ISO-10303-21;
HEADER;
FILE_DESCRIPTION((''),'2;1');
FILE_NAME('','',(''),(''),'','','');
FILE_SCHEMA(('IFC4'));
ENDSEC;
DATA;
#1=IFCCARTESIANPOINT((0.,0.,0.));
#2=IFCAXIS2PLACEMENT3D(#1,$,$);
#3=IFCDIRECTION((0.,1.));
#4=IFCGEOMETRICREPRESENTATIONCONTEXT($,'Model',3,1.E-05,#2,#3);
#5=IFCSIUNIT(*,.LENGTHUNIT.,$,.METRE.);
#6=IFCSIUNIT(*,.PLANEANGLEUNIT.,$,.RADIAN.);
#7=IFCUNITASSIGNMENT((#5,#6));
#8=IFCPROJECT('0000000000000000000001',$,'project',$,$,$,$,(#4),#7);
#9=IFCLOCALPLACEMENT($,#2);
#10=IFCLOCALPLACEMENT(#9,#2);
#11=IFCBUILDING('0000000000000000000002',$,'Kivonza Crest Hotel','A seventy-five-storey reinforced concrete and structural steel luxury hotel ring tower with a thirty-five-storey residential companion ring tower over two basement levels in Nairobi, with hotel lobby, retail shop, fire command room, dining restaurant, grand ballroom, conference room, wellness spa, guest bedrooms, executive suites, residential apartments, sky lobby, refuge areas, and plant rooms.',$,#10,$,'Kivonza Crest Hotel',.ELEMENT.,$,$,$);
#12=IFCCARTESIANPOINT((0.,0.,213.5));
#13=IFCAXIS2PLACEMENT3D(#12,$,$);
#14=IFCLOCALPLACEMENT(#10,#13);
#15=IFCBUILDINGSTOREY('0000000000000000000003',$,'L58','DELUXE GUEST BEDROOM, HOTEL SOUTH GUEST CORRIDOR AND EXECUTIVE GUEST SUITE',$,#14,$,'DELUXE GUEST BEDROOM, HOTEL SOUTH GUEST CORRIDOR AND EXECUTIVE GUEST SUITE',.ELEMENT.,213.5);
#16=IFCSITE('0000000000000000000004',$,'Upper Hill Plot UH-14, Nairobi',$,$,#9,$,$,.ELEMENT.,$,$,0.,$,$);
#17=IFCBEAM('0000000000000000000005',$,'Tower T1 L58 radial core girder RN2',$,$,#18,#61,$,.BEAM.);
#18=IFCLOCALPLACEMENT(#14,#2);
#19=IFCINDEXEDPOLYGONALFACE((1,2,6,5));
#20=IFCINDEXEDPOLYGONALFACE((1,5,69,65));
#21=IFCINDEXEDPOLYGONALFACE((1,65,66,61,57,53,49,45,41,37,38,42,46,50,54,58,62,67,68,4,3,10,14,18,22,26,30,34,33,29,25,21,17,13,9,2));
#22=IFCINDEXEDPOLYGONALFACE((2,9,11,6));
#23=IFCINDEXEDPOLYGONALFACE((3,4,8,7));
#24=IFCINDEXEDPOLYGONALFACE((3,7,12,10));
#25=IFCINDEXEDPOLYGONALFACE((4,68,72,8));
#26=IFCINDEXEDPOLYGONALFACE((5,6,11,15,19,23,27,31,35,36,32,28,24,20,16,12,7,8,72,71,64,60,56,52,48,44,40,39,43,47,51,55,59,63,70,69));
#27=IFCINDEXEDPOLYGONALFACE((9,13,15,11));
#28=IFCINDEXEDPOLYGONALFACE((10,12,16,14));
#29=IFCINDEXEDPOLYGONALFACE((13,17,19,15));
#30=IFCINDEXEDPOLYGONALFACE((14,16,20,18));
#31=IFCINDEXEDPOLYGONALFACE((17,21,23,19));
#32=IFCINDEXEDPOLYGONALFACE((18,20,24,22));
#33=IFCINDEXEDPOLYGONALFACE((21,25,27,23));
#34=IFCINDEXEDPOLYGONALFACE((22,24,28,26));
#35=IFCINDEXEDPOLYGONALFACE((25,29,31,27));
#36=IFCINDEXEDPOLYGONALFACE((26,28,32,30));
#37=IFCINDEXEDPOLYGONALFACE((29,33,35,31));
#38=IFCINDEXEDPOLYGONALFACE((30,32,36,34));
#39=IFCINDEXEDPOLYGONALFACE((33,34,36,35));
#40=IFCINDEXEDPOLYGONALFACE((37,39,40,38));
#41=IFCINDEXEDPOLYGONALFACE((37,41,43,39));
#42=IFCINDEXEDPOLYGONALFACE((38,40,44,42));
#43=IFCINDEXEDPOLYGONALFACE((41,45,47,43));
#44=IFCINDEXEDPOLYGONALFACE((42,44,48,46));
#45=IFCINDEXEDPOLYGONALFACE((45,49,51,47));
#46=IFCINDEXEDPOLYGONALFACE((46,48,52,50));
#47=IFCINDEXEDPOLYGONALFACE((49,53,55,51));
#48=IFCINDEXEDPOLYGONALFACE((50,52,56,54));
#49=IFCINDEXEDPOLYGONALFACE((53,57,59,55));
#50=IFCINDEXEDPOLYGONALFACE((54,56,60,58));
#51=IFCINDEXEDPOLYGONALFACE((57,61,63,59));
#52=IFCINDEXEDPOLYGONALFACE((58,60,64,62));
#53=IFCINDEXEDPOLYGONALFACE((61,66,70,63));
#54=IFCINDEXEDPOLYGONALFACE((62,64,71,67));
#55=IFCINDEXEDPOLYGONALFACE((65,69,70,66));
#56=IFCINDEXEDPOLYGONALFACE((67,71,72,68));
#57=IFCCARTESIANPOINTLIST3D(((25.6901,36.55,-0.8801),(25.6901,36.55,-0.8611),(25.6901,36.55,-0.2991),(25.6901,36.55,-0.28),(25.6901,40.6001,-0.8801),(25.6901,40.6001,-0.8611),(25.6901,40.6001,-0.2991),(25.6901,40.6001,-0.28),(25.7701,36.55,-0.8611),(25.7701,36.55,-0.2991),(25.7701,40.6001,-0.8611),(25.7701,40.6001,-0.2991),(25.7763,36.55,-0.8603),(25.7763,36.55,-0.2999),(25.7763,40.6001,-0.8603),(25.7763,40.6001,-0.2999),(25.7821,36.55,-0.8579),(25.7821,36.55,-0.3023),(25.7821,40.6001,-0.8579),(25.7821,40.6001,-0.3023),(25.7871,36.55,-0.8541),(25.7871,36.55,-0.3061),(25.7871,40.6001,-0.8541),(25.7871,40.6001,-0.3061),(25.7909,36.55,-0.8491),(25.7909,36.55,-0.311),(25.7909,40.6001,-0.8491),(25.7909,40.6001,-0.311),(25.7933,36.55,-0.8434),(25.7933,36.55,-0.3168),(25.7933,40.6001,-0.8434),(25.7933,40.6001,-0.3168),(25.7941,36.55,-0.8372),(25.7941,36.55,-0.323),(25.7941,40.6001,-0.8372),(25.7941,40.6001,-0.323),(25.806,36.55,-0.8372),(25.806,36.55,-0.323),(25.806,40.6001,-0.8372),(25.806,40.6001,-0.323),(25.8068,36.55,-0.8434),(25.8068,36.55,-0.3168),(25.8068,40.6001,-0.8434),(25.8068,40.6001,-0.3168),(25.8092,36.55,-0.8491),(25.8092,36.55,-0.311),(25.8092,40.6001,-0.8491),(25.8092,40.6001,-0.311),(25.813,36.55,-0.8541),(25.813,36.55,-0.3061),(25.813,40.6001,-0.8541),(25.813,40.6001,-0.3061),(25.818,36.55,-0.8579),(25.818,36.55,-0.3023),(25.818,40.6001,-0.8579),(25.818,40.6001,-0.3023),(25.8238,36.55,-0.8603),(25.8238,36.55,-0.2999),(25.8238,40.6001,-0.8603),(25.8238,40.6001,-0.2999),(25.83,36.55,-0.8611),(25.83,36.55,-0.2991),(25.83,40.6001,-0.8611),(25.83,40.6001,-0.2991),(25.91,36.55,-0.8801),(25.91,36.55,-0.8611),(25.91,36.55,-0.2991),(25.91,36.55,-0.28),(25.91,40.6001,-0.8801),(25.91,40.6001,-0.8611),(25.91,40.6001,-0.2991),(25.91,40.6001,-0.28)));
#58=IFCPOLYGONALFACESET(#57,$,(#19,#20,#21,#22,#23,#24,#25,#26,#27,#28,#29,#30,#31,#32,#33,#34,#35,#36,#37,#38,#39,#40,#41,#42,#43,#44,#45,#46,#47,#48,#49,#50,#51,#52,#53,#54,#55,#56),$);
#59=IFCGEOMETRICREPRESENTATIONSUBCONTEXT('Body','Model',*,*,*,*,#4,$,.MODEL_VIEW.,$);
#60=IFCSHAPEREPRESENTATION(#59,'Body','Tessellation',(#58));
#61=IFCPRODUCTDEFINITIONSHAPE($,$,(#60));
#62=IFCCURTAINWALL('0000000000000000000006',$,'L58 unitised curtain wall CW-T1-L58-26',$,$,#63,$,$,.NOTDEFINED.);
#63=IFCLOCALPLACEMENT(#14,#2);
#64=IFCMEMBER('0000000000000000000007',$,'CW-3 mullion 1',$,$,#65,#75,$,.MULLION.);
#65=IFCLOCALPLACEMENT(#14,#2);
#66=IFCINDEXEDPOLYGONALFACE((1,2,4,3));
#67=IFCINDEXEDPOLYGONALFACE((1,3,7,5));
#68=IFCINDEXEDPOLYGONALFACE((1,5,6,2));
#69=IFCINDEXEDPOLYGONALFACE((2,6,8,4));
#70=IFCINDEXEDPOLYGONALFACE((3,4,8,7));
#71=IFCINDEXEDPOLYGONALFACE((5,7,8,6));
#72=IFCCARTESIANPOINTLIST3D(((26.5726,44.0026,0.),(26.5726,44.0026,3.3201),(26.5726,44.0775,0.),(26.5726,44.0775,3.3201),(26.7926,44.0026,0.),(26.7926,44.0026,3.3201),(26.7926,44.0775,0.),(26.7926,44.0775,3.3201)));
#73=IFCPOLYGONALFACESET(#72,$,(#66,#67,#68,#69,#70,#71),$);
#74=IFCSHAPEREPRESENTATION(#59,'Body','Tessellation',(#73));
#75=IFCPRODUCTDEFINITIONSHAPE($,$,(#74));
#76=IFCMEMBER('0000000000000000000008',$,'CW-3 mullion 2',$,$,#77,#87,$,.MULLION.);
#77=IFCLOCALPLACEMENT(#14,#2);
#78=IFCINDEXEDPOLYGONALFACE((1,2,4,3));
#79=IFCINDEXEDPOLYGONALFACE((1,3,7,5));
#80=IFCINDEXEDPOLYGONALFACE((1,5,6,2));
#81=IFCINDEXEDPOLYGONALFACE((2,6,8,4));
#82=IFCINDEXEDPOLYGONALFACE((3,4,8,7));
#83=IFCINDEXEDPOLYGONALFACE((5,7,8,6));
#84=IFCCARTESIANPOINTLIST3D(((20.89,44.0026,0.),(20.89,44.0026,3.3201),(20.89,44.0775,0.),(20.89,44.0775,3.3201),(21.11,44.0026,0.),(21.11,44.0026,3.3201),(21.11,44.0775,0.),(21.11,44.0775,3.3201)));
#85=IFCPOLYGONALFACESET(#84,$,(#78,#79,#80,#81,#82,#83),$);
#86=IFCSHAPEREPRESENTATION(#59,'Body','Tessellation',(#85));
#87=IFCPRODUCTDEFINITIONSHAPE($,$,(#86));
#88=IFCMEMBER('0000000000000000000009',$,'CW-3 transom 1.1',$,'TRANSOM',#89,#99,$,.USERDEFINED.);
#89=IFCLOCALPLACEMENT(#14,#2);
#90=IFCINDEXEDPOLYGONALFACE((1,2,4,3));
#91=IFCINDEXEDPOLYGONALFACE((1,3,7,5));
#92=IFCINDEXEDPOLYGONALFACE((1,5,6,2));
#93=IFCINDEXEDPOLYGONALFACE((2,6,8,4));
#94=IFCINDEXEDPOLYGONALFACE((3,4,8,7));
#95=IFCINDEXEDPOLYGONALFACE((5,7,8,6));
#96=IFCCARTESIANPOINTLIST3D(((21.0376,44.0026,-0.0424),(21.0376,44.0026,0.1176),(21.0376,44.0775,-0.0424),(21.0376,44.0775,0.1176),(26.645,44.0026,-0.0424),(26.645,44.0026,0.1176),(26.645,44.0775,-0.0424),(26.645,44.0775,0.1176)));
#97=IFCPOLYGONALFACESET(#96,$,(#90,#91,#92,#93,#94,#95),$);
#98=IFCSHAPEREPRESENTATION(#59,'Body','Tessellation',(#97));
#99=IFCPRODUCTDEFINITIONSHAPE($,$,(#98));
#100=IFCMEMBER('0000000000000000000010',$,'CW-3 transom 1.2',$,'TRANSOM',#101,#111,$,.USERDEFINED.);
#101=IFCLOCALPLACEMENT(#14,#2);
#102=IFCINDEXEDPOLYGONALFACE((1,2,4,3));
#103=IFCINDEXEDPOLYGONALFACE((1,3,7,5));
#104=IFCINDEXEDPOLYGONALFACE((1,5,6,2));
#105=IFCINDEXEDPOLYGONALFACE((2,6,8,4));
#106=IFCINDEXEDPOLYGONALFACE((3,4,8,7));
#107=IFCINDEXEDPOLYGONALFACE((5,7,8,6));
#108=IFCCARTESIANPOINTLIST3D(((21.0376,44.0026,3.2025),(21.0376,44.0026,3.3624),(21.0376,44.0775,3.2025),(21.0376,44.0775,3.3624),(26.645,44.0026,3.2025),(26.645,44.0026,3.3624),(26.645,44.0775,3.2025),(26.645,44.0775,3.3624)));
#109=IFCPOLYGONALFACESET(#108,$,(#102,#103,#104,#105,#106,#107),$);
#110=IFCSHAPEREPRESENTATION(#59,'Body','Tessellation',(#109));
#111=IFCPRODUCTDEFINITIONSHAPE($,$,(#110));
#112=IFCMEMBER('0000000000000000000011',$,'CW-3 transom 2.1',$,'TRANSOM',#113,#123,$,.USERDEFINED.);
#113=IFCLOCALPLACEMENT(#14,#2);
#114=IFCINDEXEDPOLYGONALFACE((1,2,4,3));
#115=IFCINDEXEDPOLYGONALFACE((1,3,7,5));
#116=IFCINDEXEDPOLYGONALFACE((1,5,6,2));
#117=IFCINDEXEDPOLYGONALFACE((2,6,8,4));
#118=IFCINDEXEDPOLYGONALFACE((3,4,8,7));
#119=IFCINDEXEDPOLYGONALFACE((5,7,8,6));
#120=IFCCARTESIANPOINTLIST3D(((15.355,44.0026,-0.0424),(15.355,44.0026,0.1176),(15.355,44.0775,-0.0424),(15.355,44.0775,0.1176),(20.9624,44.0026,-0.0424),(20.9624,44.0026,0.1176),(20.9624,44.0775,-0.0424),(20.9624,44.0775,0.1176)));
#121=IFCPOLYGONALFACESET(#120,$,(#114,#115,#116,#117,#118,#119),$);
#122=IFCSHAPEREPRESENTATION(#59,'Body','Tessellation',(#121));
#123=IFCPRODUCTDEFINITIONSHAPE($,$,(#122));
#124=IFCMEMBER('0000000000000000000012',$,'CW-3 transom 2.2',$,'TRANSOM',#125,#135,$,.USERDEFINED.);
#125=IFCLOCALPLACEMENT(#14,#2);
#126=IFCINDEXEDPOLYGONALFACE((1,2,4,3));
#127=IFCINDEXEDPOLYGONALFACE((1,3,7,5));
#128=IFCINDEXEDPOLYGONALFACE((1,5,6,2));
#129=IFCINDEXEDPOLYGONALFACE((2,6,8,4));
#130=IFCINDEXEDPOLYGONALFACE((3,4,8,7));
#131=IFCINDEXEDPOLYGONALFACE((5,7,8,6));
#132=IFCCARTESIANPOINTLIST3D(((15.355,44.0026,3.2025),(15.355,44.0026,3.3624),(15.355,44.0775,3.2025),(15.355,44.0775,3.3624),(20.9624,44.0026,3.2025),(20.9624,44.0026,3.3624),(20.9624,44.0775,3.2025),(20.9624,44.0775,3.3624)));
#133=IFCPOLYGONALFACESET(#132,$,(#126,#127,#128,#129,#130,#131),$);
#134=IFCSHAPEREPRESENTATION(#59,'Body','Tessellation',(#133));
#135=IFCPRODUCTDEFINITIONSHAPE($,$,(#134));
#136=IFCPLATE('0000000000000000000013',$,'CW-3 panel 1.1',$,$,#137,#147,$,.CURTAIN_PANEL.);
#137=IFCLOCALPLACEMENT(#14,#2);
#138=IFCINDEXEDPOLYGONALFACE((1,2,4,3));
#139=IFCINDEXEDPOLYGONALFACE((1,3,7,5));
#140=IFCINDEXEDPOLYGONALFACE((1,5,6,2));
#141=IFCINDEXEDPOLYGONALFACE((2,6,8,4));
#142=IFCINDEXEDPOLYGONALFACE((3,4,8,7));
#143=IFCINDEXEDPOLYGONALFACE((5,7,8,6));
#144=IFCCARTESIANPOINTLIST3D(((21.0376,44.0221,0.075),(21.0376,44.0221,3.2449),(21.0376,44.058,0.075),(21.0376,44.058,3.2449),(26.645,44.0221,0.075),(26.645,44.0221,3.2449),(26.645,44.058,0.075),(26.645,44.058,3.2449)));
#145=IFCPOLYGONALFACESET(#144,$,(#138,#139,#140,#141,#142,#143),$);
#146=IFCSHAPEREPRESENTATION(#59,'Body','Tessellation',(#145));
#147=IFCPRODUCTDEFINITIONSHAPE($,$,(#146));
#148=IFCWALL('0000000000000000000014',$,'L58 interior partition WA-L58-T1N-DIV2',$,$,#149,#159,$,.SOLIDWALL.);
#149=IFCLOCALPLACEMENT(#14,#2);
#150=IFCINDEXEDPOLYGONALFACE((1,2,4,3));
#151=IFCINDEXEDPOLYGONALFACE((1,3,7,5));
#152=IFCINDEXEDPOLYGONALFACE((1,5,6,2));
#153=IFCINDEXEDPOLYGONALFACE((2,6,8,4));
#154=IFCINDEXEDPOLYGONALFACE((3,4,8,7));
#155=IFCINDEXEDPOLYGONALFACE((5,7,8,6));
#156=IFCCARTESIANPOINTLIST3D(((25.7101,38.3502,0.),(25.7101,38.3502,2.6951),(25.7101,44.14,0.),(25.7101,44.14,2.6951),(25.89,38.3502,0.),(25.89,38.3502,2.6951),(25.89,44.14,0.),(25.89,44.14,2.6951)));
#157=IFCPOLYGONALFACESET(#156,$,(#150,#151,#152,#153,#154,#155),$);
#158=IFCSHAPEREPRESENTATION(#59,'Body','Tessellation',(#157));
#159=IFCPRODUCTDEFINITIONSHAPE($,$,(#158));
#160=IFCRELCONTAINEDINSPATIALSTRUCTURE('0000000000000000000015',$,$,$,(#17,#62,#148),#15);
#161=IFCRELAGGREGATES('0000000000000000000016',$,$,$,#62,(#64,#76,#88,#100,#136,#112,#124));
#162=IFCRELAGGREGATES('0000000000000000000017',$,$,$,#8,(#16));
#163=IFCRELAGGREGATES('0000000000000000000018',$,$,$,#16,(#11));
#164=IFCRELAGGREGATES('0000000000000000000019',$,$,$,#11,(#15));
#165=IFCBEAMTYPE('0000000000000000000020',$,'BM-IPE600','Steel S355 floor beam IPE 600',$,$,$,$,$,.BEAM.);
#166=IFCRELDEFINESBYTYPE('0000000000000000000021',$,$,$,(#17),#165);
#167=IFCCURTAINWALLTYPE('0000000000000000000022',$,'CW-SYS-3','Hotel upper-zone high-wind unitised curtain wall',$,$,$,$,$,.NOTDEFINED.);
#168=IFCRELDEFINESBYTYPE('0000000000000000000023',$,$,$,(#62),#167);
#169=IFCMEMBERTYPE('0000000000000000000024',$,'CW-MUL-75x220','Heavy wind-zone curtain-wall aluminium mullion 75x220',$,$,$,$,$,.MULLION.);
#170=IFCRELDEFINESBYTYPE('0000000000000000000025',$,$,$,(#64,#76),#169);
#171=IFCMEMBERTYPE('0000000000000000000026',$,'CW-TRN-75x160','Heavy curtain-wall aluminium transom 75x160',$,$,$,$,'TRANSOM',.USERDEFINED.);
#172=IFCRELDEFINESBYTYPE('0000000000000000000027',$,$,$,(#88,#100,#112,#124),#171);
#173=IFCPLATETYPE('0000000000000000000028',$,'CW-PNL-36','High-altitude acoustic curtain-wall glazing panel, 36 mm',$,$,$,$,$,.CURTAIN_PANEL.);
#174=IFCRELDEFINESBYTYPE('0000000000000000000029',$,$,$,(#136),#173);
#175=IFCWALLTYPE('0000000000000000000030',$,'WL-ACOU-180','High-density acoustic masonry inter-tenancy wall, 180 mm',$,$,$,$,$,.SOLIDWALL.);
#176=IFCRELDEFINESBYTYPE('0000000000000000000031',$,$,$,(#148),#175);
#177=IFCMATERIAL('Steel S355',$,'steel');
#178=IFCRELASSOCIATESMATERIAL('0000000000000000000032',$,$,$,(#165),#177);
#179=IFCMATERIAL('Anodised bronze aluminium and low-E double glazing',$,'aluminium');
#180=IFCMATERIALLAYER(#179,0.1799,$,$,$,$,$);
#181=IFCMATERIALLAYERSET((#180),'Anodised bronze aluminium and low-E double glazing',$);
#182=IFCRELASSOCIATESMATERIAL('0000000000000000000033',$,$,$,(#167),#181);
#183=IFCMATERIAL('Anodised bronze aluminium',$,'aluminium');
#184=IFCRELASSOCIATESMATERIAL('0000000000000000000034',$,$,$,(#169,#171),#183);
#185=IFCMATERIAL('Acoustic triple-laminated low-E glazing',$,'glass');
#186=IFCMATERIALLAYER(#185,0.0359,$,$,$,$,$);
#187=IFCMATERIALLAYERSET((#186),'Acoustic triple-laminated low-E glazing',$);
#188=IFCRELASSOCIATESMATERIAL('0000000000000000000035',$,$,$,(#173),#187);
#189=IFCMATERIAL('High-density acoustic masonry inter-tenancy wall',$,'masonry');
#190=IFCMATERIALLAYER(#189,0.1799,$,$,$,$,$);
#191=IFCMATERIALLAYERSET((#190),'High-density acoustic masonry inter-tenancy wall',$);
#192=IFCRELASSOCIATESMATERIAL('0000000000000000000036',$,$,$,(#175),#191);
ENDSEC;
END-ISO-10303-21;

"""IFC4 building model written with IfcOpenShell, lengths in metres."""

from ifc_helpers import new_model, si_unit, direction, frame, frame_2d, origin, origin_2d, place, context, subcontext, project, spatial, rectangle, i_section, extrude, material, layer, layer_set, material_profile, profile_set, type_object, element, aggregate, save


model = new_model("IFC4")

# Units and contexts
model_context = context("Model", 3, precision=1e-05, world=origin(), true_north=direction((0.0, 1.0)))
body_context = subcontext(model_context, "Body", "Model", "MODEL_VIEW")
ifc_project = project(units=[si_unit("LENGTHUNIT", "METRE"), si_unit("PLANEANGLEUNIT", "RADIAN")], contexts=[model_context])

# Site, building, storey
site_placement = place(None, origin())
site = spatial("IfcSite", under=ifc_project, at=site_placement, Name="Upper Hill Plot UH-14, Nairobi", CompositionType="ELEMENT", RefElevation=0.0)
building_placement = place(site_placement, origin())
building = spatial("IfcBuilding", under=site, at=building_placement, Name="Kivonza Crest Hotel", Description="A seventy-five-storey reinforced concrete and structural steel luxury hotel ring tower with a thirty-five-storey residential companion ring tower over two basement levels in Nairobi, with hotel lobby, retail shop, fire command room, dining restaurant, grand ballroom, conference room, wellness spa, guest bedrooms, executive suites, residential apartments, sky lobby, refuge areas, and plant rooms.", LongName="Kivonza Crest Hotel", CompositionType="ELEMENT")
storey_placement = place(building_placement, frame((0.0, 0.0, 213.5)))
storey = spatial("IfcBuildingStorey", under=building, at=storey_placement, Name="L58", Description="DELUXE GUEST BEDROOM, HOTEL SOUTH GUEST CORRIDOR AND EXECUTIVE GUEST SUITE", LongName="DELUXE GUEST BEDROOM, HOTEL SOUTH GUEST CORRIDOR AND EXECUTIVE GUEST SUITE", CompositionType="ELEMENT", Elevation=213.5)

# Beam
ifc_material_1 = material(Name="Steel S355", Category="steel")
ifc_material_profile_1 = material_profile(ifc_material_1, i_section(OverallWidth=0.22, OverallDepth=0.6001, WebThickness=0.012, FlangeThickness=0.019, FilletRadius=0.0239, at=origin_2d()), Name="IPE 600")
ifc_profile_set_1 = profile_set([ifc_material_profile_1], Name="Steel S355")
beam_type_1 = type_object("IfcBeamType", Name="BM-IPE600", Description="Steel S355 floor beam IPE 600", PredefinedType="BEAM", material=ifc_profile_set_1)
beam_1_placement = place(storey_placement, frame((25.8, 40.6001, -0.5801), z_axis=(0.0, -1.0, 0.0), x_axis=(1.0, 0.0, 0.0)))
element("IfcBeam", 1, at=beam_1_placement, inside=storey, type_object=beam_type_1, Name="Tower T1 L58 radial core girder RN2", PredefinedType="BEAM", context=body_context, shape_type="SweptSolid", body=[
    extrude(i_section(OverallWidth=0.22, OverallDepth=0.6001, WebThickness=0.012, FlangeThickness=0.019, FilletRadius=0.0239, at=origin_2d()), origin(), (0.0, 0.0, 1.0), 4.05),
])

# Curtain wall, members, plate
ifc_material_2 = material(Name="Anodised bronze aluminium and low-E double glazing", Category="aluminium")
ifc_layer_1 = layer(ifc_material_2, 0.1799)
ifc_layer_set_1 = layer_set([ifc_layer_1], Name="Anodised bronze aluminium and low-E double glazing")
curtain_wall_type = type_object("IfcCurtainWallType", Name="CW-SYS-3", Description="Hotel upper-zone high-wind unitised curtain wall", PredefinedType="NOTDEFINED", material=ifc_layer_set_1)
curtain_wall_placement = place(storey_placement, origin())
curtain_wall = element("IfcCurtainWall", 2, at=curtain_wall_placement, inside=storey, type_object=curtain_wall_type, Name="L58 unitised curtain wall CW-T1-L58-26", PredefinedType="NOTDEFINED")
ifc_material_3 = material(Name="Anodised bronze aluminium", Category="aluminium")
ifc_material_profile_2 = material_profile(ifc_material_3, rectangle(XDim=0.075, YDim=0.22, at=origin_2d()), Name="CW-M 75x220")
ifc_profile_set_2 = profile_set([ifc_material_profile_2], Name="Anodised bronze aluminium")
member_type_1 = type_object("IfcMemberType", Name="CW-MUL-75x220", Description="Heavy wind-zone curtain-wall aluminium mullion 75x220", PredefinedType="MULLION", material=ifc_profile_set_2)
member_1_placement = place(storey_placement, frame((26.6826, 44.04, 0.0), z_axis=(0.0, 0.0, 1.0), x_axis=(0.0, -1.0, 0.0)))
member_1 = element("IfcMember", 3, at=member_1_placement, type_object=member_type_1, Name="CW-3 mullion 1", PredefinedType="MULLION", context=body_context, shape_type="SweptSolid", body=[
    extrude(rectangle(XDim=0.075, YDim=0.22, at=origin_2d()), origin(), (0.0, 0.0, 1.0), 3.3201),
])
member_2_placement = place(storey_placement, frame((21.0, 44.04, 0.0), z_axis=(0.0, 0.0, 1.0), x_axis=(0.0, -1.0, 0.0)))
member_2 = element("IfcMember", 4, at=member_2_placement, type_object=member_type_1, Name="CW-3 mullion 2", PredefinedType="MULLION", context=body_context, shape_type="SweptSolid", body=[
    extrude(rectangle(XDim=0.075, YDim=0.22, at=origin_2d()), origin(), (0.0, 0.0, 1.0), 3.3201),
])
ifc_material_profile_3 = material_profile(ifc_material_3, rectangle(XDim=0.075, YDim=0.1599, at=origin_2d()), Name="CW-T 75x160")
ifc_profile_set_3 = profile_set([ifc_material_profile_3], Name="Anodised bronze aluminium")
member_type_2 = type_object("IfcMemberType", Name="CW-TRN-75x160", Description="Heavy curtain-wall aluminium transom 75x160", ElementType="TRANSOM", PredefinedType="USERDEFINED", material=ifc_profile_set_3)
member_3_placement = place(storey_placement, frame((26.645, 44.04, 0.0376), z_axis=(-1.0, 0.0, 0.0), x_axis=(0.0, -1.0, 0.0)))
member_3 = element("IfcMember", 5, at=member_3_placement, type_object=member_type_2, Name="CW-3 transom 1.1", ObjectType="TRANSOM", PredefinedType="USERDEFINED", context=body_context, shape_type="SweptSolid", body=[
    extrude(rectangle(XDim=0.075, YDim=0.1599, at=origin_2d()), origin(), (0.0, 0.0, 1.0), 5.6074),
])
member_4_placement = place(storey_placement, frame((26.645, 44.04, 3.2825), z_axis=(-1.0, 0.0, 0.0), x_axis=(0.0, -1.0, 0.0)))
member_4 = element("IfcMember", 6, at=member_4_placement, type_object=member_type_2, Name="CW-3 transom 1.2", ObjectType="TRANSOM", PredefinedType="USERDEFINED", context=body_context, shape_type="SweptSolid", body=[
    extrude(rectangle(XDim=0.075, YDim=0.1599, at=origin_2d()), origin(), (0.0, 0.0, 1.0), 5.6074),
])
member_5_placement = place(storey_placement, frame((20.9624, 44.04, 0.0376), z_axis=(-1.0, 0.0, 0.0), x_axis=(0.0, -1.0, 0.0)))
member_5 = element("IfcMember", 7, at=member_5_placement, type_object=member_type_2, Name="CW-3 transom 2.1", ObjectType="TRANSOM", PredefinedType="USERDEFINED", context=body_context, shape_type="SweptSolid", body=[
    extrude(rectangle(XDim=0.075, YDim=0.1599, at=origin_2d()), origin(), (0.0, 0.0, 1.0), 5.6074),
])
member_6_placement = place(storey_placement, frame((20.9624, 44.04, 3.2825), z_axis=(-1.0, 0.0, 0.0), x_axis=(0.0, -1.0, 0.0)))
member_6 = element("IfcMember", 8, at=member_6_placement, type_object=member_type_2, Name="CW-3 transom 2.2", ObjectType="TRANSOM", PredefinedType="USERDEFINED", context=body_context, shape_type="SweptSolid", body=[
    extrude(rectangle(XDim=0.075, YDim=0.1599, at=origin_2d()), origin(), (0.0, 0.0, 1.0), 5.6074),
])
ifc_material_4 = material(Name="Acoustic triple-laminated low-E glazing", Category="glass")
ifc_layer_2 = layer(ifc_material_4, 0.0359)
ifc_layer_set_2 = layer_set([ifc_layer_2], Name="Acoustic triple-laminated low-E glazing")
plate_type = type_object("IfcPlateType", Name="CW-PNL-36", Description="High-altitude acoustic curtain-wall glazing panel, 36 mm", PredefinedType="CURTAIN_PANEL", material=ifc_layer_set_2)
plate_placement = place(storey_placement, frame((23.8413, 44.04, 0.075), z_axis=(0.0, 0.0, 1.0), x_axis=(-1.0, 0.0, 0.0)))
plate = element("IfcPlate", 9, at=plate_placement, type_object=plate_type, Name="CW-3 panel 1.1", PredefinedType="CURTAIN_PANEL", context=body_context, shape_type="SweptSolid", body=[
    extrude(rectangle(XDim=5.6074, YDim=0.0359, at=origin_2d()), origin(), (0.0, 0.0, 1.0), 3.1699),
])
aggregate(curtain_wall, [member_1, member_2, member_3, member_4, plate, member_5, member_6])

# Wall
ifc_material_5 = material(Name="High-density acoustic masonry inter-tenancy wall", Category="masonry")
ifc_layer_3 = layer(ifc_material_5, 0.1799)
ifc_layer_set_3 = layer_set([ifc_layer_3], Name="High-density acoustic masonry inter-tenancy wall")
wall_type_1 = type_object("IfcWallType", Name="WL-ACOU-180", Description="High-density acoustic masonry inter-tenancy wall, 180 mm", PredefinedType="SOLIDWALL", material=ifc_layer_set_3)
wall_1_placement = place(storey_placement, frame((25.8, 38.3501, 0.0), z_axis=(0.0, 0.0, 1.0), x_axis=(0.0, 1.0, 0.0)))
element("IfcWall", 10, at=wall_1_placement, inside=storey, type_object=wall_type_1, Name="L58 interior partition WA-L58-T1N-DIV2", PredefinedType="SOLIDWALL", context=body_context, shape_type="SweptSolid", body=[
    extrude(rectangle(XDim=5.7898, YDim=0.1799, at=frame_2d((2.895, 0.0))), origin(), (0.0, 0.0, 1.0), 2.6951),
])

save(model, "model.ifc")
